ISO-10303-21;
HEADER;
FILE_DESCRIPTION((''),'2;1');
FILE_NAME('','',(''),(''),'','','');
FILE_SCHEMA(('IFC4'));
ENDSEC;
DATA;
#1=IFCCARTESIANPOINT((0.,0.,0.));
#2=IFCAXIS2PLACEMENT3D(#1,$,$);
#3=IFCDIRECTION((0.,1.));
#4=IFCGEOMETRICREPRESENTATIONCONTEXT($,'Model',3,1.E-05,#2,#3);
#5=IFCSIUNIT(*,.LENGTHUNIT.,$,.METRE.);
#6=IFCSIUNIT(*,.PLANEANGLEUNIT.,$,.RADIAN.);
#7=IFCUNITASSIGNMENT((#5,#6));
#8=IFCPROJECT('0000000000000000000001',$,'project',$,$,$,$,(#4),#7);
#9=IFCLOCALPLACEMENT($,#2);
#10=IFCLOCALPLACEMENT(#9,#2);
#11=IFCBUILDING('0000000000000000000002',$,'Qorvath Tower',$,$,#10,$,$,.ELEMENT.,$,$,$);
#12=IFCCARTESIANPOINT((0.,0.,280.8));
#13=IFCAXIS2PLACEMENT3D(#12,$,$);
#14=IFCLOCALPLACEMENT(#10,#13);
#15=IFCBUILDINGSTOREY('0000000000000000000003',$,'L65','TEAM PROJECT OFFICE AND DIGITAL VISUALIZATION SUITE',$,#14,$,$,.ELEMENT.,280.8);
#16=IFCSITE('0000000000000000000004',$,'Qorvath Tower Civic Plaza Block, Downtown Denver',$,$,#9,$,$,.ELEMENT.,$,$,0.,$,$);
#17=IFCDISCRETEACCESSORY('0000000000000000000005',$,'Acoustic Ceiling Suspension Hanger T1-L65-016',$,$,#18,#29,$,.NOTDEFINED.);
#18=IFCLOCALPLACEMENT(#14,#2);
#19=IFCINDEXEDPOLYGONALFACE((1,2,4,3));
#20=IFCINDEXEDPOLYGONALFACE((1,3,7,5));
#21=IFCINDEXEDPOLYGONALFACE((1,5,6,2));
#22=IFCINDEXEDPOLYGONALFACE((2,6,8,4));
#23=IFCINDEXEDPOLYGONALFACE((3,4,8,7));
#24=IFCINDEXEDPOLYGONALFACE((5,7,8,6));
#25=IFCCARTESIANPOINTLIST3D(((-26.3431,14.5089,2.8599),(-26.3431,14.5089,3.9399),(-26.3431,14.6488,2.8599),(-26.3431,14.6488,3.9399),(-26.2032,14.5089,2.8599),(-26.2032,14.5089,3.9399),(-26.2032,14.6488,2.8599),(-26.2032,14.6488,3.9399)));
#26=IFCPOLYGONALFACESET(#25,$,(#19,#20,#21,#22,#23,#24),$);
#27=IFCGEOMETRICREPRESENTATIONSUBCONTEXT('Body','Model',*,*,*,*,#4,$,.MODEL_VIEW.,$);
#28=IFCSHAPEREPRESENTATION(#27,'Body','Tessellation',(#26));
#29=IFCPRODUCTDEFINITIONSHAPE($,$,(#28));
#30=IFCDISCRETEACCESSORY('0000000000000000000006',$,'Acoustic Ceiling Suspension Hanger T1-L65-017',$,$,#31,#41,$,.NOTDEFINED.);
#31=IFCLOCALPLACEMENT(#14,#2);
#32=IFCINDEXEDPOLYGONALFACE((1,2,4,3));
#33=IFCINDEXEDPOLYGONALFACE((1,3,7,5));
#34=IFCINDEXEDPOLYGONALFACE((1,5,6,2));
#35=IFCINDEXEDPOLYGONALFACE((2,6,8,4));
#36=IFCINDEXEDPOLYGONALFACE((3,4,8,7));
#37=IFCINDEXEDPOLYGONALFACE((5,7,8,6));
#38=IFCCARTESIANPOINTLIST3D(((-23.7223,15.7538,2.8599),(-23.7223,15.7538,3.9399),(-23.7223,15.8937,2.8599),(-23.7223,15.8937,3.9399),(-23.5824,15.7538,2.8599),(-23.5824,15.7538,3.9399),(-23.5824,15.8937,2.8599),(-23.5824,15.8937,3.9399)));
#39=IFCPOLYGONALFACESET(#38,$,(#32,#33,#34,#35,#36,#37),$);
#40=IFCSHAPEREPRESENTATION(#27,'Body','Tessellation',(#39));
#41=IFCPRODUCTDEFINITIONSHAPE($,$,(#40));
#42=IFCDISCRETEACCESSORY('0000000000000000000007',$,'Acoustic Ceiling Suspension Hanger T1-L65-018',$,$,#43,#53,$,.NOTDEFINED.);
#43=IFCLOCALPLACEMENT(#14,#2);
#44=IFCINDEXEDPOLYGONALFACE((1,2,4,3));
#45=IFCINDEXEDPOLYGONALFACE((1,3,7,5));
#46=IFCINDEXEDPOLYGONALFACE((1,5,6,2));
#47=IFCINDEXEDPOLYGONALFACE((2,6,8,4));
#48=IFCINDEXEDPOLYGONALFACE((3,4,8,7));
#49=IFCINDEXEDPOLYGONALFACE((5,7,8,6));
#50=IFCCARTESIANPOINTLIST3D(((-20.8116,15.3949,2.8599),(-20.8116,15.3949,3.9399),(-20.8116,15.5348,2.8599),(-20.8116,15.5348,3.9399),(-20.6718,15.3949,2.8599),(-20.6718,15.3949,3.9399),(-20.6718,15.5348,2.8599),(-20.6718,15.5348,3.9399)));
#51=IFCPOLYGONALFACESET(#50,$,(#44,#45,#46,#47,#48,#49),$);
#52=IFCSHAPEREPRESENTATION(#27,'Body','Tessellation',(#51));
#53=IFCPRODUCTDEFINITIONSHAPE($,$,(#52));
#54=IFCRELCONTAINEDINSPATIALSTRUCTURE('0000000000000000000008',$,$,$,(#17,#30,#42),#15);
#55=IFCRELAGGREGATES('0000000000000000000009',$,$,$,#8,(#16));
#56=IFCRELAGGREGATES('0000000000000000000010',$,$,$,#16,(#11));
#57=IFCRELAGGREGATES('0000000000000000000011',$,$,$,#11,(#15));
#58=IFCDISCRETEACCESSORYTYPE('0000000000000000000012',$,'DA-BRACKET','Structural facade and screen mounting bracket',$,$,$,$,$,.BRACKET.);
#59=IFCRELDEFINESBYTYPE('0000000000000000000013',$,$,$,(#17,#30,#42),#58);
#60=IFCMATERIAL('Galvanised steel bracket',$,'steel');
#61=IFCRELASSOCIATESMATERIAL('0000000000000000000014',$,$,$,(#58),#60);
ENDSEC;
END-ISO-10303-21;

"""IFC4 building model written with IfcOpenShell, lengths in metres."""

from ifc_helpers import new_model, si_unit, direction, frame, origin, origin_2d, place, context, subcontext, project, spatial, rectangle, extrude, material, type_object, element, save


model = new_model("IFC4")

# Units and contexts
model_context = context("Model", 3, precision=1e-05, world=origin(), true_north=direction((0.0, 1.0)))
body_context = subcontext(model_context, "Body", "Model", "MODEL_VIEW")
ifc_project = project(units=[si_unit("LENGTHUNIT", "METRE"), si_unit("PLANEANGLEUNIT", "RADIAN")], contexts=[model_context])

# Site, building, storey
site_placement = place(None, origin())
site = spatial("IfcSite", under=ifc_project, at=site_placement, Name="Qorvath Tower Civic Plaza Block, Downtown Denver", CompositionType="ELEMENT", RefElevation=0.0)
building_placement = place(site_placement, origin())
building = spatial("IfcBuilding", under=site, at=building_placement, Name="Qorvath Tower", CompositionType="ELEMENT")
storey_placement = place(building_placement, frame((0.0, 0.0, 280.8)))
storey = spatial("IfcBuildingStorey", under=building, at=storey_placement, Name="L65", Description="TEAM PROJECT OFFICE AND DIGITAL VISUALIZATION SUITE", CompositionType="ELEMENT", Elevation=280.8)

# Discrete accessories
ifc_material_1 = material(Name="Galvanised steel bracket", Category="steel")
discrete_accessory_type = type_object("IfcDiscreteAccessoryType", Name="DA-BRACKET", Description="Structural facade and screen mounting bracket", PredefinedType="BRACKET", material=ifc_material_1)
for number, where, z_axis, x_axis, name in (
    (1, (-26.2732, 14.5789, 2.8599), (0.0, 0.0, 1.0), (1.0, 0.0, 0.0), "Acoustic Ceiling Suspension Hanger T1-L65-016"),
    (2, (-23.6523, 15.8237, 2.8599), (0.0, 0.0, 1.0), (1.0, 0.0, 0.0), "Acoustic Ceiling Suspension Hanger T1-L65-017"),
    (3, (-20.7417, 15.4648, 2.8599), (0.0, 0.0, 1.0), (1.0, 0.0, 0.0), "Acoustic Ceiling Suspension Hanger T1-L65-018"),
):
    element("IfcDiscreteAccessory", number, at=place(storey_placement, frame(where, z_axis=z_axis, x_axis=x_axis)), inside=storey, type_object=discrete_accessory_type, Name=name, PredefinedType="NOTDEFINED", context=body_context, shape_type="SweptSolid", body=[
        extrude(rectangle(XDim=0.1399, YDim=0.1399, at=origin_2d()), origin(), (0.0, 0.0, 1.0), 1.0801),
    ])

save(model, "model.ifc")
